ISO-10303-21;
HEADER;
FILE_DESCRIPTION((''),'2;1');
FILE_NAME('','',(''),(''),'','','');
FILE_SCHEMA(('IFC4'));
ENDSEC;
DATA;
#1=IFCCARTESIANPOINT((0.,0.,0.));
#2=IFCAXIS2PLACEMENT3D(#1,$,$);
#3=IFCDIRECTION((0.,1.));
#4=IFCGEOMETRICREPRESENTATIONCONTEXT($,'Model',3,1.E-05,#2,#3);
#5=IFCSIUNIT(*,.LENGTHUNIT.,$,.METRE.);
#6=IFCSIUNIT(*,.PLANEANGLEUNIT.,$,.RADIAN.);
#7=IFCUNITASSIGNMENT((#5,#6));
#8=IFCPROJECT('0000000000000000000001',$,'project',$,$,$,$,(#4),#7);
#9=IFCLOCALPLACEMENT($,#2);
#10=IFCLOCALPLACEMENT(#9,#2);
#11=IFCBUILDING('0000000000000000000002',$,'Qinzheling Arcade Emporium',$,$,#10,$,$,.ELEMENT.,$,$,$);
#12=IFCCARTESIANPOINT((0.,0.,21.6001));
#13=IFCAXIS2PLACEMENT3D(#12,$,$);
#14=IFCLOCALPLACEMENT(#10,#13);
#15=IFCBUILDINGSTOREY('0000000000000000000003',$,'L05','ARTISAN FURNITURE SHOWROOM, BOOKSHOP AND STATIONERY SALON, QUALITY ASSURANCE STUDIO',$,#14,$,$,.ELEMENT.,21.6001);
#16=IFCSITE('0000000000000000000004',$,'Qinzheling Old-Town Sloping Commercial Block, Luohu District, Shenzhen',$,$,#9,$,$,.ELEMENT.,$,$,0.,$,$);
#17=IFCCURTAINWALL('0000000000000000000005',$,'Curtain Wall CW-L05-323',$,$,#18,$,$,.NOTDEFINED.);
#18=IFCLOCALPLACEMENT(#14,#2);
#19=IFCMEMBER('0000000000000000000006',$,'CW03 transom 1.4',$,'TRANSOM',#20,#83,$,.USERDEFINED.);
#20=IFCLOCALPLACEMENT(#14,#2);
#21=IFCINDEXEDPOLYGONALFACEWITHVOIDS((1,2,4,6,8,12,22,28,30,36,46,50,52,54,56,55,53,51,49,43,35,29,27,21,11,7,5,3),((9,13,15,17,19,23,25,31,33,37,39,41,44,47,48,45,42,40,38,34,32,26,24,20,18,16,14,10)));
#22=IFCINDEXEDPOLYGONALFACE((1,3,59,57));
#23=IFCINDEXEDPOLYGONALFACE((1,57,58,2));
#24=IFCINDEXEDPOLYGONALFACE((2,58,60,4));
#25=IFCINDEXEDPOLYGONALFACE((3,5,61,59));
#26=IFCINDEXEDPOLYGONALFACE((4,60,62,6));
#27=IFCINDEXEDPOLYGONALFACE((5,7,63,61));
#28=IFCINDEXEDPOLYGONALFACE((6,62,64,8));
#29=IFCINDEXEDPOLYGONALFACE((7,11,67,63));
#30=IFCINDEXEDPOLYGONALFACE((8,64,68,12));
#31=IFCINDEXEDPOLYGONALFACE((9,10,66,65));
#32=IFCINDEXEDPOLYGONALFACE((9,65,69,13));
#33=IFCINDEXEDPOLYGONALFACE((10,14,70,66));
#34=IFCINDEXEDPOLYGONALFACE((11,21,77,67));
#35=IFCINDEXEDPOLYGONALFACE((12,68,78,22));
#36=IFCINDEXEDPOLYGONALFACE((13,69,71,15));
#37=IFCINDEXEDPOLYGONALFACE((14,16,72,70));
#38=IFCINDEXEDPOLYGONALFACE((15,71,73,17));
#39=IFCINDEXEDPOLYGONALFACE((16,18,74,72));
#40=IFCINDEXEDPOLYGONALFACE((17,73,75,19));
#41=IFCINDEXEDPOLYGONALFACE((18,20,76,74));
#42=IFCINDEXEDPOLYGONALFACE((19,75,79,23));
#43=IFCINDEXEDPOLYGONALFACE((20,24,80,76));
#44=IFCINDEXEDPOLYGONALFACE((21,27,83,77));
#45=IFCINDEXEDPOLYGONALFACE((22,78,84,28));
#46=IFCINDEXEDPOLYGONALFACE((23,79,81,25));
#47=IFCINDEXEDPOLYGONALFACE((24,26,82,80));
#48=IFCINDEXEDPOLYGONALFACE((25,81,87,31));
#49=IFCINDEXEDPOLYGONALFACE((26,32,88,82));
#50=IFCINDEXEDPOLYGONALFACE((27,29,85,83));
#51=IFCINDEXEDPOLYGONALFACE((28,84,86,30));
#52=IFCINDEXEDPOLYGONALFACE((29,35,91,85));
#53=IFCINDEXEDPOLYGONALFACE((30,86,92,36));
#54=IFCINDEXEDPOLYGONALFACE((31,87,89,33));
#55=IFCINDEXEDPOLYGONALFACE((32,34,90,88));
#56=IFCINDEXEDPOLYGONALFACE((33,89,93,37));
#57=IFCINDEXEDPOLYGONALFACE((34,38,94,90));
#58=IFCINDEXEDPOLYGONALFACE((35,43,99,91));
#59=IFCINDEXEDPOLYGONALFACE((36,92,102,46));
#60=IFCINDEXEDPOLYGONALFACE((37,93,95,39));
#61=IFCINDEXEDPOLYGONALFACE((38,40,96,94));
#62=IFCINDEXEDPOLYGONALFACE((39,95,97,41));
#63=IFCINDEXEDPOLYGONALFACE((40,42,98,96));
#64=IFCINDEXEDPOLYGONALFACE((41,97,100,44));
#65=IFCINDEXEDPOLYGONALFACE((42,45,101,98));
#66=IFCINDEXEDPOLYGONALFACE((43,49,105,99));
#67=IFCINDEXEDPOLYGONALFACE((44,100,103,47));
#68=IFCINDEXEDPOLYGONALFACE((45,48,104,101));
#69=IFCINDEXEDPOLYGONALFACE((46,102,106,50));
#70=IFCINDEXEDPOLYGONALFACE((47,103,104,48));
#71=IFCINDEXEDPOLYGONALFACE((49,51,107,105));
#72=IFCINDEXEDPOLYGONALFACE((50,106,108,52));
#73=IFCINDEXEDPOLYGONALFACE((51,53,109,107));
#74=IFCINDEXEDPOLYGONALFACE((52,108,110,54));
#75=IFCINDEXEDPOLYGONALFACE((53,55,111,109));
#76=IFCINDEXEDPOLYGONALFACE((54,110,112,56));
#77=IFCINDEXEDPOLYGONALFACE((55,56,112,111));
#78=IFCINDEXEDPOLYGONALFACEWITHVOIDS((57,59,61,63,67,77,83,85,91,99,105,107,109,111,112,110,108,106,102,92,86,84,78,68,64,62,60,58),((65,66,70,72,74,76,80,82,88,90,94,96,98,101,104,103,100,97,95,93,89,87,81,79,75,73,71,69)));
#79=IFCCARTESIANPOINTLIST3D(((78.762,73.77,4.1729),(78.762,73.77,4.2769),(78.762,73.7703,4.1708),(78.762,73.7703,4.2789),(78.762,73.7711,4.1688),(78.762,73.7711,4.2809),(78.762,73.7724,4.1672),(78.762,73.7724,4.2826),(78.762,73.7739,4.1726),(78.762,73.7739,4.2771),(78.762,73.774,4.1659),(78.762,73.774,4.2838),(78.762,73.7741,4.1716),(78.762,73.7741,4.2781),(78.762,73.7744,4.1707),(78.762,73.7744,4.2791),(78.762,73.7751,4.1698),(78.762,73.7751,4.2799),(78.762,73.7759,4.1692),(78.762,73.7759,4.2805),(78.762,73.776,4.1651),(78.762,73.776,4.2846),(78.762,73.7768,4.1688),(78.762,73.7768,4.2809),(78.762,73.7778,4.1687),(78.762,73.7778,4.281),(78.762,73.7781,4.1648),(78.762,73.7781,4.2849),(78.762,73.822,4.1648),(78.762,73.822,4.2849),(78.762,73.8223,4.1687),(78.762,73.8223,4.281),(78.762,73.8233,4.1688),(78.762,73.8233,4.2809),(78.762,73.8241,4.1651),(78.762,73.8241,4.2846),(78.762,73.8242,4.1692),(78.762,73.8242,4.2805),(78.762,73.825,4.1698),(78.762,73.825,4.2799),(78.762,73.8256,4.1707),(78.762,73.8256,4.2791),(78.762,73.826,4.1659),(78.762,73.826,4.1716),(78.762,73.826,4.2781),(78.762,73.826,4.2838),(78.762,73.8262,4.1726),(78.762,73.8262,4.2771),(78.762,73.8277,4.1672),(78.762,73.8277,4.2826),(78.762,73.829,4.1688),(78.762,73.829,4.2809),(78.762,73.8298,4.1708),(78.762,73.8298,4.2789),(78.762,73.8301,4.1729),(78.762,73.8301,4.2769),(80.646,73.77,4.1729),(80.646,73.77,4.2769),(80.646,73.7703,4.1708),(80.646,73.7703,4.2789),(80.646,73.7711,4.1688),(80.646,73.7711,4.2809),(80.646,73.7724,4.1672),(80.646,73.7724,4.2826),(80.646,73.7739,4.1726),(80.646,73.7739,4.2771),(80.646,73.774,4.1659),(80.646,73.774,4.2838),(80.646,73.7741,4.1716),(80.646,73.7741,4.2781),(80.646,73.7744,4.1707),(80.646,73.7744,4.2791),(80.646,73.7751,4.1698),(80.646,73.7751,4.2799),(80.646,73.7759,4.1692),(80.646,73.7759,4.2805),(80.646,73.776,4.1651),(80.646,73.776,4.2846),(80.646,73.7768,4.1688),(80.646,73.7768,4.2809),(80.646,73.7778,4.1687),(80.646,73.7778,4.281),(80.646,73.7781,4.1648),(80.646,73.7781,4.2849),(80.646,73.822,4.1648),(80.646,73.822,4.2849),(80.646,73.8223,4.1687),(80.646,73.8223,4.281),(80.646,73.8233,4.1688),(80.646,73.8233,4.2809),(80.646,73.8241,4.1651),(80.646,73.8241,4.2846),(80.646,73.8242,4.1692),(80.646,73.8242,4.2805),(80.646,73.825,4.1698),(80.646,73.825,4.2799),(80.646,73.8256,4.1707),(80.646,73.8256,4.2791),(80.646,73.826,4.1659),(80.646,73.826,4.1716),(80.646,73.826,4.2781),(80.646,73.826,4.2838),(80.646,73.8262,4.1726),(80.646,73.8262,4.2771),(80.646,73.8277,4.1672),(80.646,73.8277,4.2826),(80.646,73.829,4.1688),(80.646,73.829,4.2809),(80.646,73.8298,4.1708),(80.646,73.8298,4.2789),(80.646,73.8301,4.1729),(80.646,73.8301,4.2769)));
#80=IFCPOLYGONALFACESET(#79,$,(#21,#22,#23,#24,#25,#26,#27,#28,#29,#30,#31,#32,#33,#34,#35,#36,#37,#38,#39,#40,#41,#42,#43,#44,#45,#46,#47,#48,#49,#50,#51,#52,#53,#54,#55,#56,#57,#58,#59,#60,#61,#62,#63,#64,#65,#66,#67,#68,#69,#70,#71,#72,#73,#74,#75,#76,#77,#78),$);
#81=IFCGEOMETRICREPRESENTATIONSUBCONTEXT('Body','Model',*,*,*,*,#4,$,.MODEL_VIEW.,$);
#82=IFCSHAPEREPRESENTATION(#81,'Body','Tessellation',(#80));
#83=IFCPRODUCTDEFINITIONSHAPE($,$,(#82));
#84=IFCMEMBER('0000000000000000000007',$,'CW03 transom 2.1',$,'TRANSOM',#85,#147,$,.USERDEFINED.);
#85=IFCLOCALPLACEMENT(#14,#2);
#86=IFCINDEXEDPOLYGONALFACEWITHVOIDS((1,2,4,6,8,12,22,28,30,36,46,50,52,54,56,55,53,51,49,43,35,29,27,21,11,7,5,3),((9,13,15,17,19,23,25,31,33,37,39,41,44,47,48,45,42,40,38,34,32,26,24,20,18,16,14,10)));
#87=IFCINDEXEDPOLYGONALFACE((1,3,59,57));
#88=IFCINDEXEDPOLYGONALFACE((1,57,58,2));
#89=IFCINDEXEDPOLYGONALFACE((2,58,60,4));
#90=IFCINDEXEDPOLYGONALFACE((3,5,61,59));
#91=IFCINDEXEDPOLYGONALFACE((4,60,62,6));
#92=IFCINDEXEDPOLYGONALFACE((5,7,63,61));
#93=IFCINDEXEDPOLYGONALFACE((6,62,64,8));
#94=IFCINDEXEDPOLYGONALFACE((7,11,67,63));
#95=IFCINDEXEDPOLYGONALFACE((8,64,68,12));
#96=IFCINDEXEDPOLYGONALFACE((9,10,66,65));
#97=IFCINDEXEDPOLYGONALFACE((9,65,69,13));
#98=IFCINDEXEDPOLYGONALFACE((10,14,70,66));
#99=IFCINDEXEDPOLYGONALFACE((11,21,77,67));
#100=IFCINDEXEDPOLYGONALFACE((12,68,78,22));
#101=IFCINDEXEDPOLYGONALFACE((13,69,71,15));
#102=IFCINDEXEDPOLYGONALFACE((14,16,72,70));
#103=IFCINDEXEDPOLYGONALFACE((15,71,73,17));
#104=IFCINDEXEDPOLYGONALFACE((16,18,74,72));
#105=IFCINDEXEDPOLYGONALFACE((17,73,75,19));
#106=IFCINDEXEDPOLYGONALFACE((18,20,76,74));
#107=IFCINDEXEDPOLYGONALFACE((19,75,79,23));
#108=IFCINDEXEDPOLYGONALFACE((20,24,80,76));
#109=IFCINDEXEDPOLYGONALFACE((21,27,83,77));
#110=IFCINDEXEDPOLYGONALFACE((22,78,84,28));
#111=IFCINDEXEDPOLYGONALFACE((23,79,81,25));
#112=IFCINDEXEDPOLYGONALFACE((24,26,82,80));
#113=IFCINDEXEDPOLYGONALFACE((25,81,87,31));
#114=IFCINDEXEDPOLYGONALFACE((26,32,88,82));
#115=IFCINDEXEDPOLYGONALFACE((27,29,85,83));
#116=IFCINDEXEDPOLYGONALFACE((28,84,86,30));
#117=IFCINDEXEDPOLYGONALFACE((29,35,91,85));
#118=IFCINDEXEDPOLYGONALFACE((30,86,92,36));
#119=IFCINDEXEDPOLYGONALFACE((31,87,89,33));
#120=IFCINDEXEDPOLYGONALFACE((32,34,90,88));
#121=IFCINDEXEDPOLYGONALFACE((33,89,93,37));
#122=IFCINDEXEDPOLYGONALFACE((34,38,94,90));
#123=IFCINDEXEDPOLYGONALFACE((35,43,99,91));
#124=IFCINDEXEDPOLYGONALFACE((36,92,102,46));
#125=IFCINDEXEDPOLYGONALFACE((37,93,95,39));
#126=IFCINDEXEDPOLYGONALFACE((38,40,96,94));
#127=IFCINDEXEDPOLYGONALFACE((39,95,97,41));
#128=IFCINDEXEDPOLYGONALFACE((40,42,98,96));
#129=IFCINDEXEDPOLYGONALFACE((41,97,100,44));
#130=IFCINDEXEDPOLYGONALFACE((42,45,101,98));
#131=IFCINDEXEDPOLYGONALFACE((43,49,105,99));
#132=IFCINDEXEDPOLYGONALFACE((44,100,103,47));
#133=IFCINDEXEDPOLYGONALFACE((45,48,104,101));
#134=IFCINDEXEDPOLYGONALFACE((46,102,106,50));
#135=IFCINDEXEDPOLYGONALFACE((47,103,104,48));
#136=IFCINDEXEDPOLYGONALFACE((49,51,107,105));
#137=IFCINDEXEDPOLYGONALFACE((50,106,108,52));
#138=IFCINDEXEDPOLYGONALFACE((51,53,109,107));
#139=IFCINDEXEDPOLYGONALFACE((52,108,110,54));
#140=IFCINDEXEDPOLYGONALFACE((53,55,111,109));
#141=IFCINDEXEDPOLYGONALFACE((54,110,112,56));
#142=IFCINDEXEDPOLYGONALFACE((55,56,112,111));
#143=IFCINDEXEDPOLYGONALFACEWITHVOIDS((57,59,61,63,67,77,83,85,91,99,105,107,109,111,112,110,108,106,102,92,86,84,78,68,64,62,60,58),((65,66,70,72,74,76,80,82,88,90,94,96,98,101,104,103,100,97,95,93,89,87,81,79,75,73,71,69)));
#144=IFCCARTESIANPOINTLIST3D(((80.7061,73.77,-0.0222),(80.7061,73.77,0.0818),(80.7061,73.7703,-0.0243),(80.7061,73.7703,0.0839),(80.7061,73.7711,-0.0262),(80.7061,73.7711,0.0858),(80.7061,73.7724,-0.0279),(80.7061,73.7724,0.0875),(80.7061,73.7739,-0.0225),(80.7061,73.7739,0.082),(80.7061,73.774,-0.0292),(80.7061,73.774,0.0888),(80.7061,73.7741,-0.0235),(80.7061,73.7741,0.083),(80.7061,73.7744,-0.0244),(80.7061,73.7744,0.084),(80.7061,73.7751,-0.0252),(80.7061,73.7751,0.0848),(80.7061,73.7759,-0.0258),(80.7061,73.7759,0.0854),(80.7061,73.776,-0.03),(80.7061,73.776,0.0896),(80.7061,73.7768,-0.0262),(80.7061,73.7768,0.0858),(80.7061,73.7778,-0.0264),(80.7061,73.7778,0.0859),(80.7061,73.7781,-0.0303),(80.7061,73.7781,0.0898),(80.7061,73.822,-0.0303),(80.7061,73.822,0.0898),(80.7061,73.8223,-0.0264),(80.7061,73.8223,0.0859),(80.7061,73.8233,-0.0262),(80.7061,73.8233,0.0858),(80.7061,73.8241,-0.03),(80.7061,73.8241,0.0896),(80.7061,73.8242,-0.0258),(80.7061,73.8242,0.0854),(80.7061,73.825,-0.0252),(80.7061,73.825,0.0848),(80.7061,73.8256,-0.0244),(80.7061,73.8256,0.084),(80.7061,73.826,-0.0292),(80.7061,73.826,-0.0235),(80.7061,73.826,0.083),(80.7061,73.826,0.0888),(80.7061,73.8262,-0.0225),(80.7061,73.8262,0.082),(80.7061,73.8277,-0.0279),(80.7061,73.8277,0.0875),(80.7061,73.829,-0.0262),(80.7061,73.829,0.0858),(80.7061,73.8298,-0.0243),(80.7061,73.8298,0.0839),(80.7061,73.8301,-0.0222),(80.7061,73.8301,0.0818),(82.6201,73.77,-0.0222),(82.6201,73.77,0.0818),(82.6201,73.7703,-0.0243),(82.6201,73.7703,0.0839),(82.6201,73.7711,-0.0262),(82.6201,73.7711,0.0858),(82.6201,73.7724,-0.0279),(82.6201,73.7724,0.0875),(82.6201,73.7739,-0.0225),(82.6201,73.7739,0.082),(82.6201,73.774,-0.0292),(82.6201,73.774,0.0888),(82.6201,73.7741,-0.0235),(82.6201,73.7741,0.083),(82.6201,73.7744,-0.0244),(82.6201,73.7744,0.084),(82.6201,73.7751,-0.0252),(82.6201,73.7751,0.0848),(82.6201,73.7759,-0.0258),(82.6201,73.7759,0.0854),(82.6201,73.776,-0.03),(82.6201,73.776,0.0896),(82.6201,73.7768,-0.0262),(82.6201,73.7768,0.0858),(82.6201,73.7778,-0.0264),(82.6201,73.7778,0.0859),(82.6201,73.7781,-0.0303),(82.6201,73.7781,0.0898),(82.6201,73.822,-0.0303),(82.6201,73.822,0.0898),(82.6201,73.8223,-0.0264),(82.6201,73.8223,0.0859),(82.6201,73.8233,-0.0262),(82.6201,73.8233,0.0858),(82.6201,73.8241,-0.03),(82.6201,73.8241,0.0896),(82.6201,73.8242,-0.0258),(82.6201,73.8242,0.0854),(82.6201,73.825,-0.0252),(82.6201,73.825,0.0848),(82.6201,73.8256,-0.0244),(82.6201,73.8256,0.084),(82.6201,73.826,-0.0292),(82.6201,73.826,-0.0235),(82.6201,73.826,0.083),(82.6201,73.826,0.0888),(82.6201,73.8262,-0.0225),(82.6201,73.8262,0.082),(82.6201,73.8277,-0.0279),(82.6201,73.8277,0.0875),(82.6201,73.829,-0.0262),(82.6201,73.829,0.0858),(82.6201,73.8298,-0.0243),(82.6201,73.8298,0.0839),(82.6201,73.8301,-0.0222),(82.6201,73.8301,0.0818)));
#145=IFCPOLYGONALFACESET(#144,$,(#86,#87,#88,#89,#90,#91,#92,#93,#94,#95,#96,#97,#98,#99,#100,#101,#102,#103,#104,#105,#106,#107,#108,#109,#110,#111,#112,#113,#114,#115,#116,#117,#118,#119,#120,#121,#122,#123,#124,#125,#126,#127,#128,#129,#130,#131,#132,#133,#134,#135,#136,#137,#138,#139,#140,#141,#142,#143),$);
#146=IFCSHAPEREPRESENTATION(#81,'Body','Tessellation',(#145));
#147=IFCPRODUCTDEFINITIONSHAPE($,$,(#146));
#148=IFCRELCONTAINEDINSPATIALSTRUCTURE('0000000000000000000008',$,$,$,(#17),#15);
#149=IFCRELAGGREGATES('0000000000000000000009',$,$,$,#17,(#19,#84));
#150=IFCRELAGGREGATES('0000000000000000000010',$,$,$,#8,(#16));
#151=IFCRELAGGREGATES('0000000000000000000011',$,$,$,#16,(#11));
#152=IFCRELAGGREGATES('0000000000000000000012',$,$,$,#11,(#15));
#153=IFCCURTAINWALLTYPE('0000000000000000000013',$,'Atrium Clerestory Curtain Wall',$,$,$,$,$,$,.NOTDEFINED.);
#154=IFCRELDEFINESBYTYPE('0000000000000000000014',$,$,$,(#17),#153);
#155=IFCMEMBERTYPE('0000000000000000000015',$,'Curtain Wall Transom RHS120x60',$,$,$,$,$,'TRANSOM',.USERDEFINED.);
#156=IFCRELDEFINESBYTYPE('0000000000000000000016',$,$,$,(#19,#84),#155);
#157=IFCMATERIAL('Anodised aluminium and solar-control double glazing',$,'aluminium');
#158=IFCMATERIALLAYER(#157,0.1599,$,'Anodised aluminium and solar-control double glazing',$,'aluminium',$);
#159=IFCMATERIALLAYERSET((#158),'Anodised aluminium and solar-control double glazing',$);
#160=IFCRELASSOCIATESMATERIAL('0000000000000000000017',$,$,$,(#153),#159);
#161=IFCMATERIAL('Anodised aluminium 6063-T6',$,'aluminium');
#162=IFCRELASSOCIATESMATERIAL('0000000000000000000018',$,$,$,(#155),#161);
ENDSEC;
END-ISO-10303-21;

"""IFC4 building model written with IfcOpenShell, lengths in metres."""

from ifc_helpers import new_model, si_unit, direction, frame, origin, origin_2d, place, context, subcontext, project, spatial, hollow_rectangle, extrude, material, layer, layer_set, material_profile, profile_set, type_object, element, aggregate, save


model = new_model("IFC4")

# Units and contexts
model_context = context("Model", 3, precision=1e-05, world=origin(), true_north=direction((0.0, 1.0)))
body_context = subcontext(model_context, "Body", "Model", "MODEL_VIEW")
ifc_project = project(units=[si_unit("LENGTHUNIT", "METRE"), si_unit("PLANEANGLEUNIT", "RADIAN")], contexts=[model_context])

# Site, building, storey
site_placement = place(None, origin())
site = spatial("IfcSite", under=ifc_project, at=site_placement, Name="Qinzheling Old-Town Sloping Commercial Block, Luohu District, Shenzhen", CompositionType="ELEMENT", RefElevation=0.0)
building_placement = place(site_placement, origin())
building = spatial("IfcBuilding", under=site, at=building_placement, Name="Qinzheling Arcade Emporium", CompositionType="ELEMENT")
storey_placement = place(building_placement, frame((0.0, 0.0, 21.6001)))
storey = spatial("IfcBuildingStorey", under=building, at=storey_placement, Name="L05", Description="ARTISAN FURNITURE SHOWROOM, BOOKSHOP AND STATIONERY SALON, QUALITY ASSURANCE STUDIO", CompositionType="ELEMENT", Elevation=21.6001)

# Curtain wall
ifc_material_1 = material(Name="Anodised aluminium and solar-control double glazing", Category="aluminium")
ifc_layer_1 = layer(ifc_material_1, 0.1599, Name="Anodised aluminium and solar-control double glazing", Category="aluminium")
ifc_layer_set_1 = layer_set([ifc_layer_1], Name="Anodised aluminium and solar-control double glazing")
curtain_wall_type = type_object("IfcCurtainWallType", Name="Atrium Clerestory Curtain Wall", PredefinedType="NOTDEFINED", material=ifc_layer_set_1)
ifc_material_2 = material(Name="Anodised aluminium 6063-T6", Category="aluminium")
curtain_wall_1_placement = place(storey_placement, origin())
curtain_wall_1 = element("IfcCurtainWall", 1, at=curtain_wall_1_placement, inside=storey, type_object=curtain_wall_type, Name="Curtain Wall CW-L05-323", PredefinedType="NOTDEFINED")

# Members
ifc_material_profile_1 = material_profile(ifc_material_2, hollow_rectangle(XDim=0.0601, YDim=0.1201, WallThickness=0.0039, InnerFilletRadius=0.0039, OuterFilletRadius=0.0081, at=origin_2d()), Name="RHS 120x60x4", Category="aluminium")
ifc_profile_set_1 = profile_set([ifc_material_profile_1], Name="Anodised aluminium 6063-T6")
member_type_1 = type_object("IfcMemberType", Name="Curtain Wall Transom RHS120x60", ElementType="TRANSOM", PredefinedType="USERDEFINED", material=ifc_profile_set_1)
member_1_placement = place(storey_placement, frame((78.762, 73.8, 4.2249), z_axis=(1.0, 0.0, 0.0), x_axis=(0.0, 1.0, 0.0)))
member_1 = element("IfcMember", 2, at=member_1_placement, type_object=member_type_1, Name="CW03 transom 1.4", ObjectType="TRANSOM", PredefinedType="USERDEFINED", context=body_context, shape_type="SweptSolid", body=[
    extrude(hollow_rectangle(XDim=0.0601, YDim=0.1201, WallThickness=0.0039, InnerFilletRadius=0.0039, OuterFilletRadius=0.0081, at=origin_2d()), origin(), (0.0, 0.0, 1.0), 1.884),
])
member_2_placement = place(storey_placement, frame((80.7061, 73.8, 0.0298), z_axis=(1.0, 0.0, 0.0), x_axis=(0.0, 1.0, 0.0)))
member_2 = element("IfcMember", 3, at=member_2_placement, type_object=member_type_1, Name="CW03 transom 2.1", ObjectType="TRANSOM", PredefinedType="USERDEFINED", context=body_context, shape_type="SweptSolid", body=[
    extrude(hollow_rectangle(XDim=0.0601, YDim=0.1201, WallThickness=0.0039, InnerFilletRadius=0.0039, OuterFilletRadius=0.0081, at=origin_2d()), origin(), (0.0, 0.0, 1.0), 1.9141),
])

aggregate(curtain_wall_1, [member_1, member_2])

save(model, "model.ifc")
